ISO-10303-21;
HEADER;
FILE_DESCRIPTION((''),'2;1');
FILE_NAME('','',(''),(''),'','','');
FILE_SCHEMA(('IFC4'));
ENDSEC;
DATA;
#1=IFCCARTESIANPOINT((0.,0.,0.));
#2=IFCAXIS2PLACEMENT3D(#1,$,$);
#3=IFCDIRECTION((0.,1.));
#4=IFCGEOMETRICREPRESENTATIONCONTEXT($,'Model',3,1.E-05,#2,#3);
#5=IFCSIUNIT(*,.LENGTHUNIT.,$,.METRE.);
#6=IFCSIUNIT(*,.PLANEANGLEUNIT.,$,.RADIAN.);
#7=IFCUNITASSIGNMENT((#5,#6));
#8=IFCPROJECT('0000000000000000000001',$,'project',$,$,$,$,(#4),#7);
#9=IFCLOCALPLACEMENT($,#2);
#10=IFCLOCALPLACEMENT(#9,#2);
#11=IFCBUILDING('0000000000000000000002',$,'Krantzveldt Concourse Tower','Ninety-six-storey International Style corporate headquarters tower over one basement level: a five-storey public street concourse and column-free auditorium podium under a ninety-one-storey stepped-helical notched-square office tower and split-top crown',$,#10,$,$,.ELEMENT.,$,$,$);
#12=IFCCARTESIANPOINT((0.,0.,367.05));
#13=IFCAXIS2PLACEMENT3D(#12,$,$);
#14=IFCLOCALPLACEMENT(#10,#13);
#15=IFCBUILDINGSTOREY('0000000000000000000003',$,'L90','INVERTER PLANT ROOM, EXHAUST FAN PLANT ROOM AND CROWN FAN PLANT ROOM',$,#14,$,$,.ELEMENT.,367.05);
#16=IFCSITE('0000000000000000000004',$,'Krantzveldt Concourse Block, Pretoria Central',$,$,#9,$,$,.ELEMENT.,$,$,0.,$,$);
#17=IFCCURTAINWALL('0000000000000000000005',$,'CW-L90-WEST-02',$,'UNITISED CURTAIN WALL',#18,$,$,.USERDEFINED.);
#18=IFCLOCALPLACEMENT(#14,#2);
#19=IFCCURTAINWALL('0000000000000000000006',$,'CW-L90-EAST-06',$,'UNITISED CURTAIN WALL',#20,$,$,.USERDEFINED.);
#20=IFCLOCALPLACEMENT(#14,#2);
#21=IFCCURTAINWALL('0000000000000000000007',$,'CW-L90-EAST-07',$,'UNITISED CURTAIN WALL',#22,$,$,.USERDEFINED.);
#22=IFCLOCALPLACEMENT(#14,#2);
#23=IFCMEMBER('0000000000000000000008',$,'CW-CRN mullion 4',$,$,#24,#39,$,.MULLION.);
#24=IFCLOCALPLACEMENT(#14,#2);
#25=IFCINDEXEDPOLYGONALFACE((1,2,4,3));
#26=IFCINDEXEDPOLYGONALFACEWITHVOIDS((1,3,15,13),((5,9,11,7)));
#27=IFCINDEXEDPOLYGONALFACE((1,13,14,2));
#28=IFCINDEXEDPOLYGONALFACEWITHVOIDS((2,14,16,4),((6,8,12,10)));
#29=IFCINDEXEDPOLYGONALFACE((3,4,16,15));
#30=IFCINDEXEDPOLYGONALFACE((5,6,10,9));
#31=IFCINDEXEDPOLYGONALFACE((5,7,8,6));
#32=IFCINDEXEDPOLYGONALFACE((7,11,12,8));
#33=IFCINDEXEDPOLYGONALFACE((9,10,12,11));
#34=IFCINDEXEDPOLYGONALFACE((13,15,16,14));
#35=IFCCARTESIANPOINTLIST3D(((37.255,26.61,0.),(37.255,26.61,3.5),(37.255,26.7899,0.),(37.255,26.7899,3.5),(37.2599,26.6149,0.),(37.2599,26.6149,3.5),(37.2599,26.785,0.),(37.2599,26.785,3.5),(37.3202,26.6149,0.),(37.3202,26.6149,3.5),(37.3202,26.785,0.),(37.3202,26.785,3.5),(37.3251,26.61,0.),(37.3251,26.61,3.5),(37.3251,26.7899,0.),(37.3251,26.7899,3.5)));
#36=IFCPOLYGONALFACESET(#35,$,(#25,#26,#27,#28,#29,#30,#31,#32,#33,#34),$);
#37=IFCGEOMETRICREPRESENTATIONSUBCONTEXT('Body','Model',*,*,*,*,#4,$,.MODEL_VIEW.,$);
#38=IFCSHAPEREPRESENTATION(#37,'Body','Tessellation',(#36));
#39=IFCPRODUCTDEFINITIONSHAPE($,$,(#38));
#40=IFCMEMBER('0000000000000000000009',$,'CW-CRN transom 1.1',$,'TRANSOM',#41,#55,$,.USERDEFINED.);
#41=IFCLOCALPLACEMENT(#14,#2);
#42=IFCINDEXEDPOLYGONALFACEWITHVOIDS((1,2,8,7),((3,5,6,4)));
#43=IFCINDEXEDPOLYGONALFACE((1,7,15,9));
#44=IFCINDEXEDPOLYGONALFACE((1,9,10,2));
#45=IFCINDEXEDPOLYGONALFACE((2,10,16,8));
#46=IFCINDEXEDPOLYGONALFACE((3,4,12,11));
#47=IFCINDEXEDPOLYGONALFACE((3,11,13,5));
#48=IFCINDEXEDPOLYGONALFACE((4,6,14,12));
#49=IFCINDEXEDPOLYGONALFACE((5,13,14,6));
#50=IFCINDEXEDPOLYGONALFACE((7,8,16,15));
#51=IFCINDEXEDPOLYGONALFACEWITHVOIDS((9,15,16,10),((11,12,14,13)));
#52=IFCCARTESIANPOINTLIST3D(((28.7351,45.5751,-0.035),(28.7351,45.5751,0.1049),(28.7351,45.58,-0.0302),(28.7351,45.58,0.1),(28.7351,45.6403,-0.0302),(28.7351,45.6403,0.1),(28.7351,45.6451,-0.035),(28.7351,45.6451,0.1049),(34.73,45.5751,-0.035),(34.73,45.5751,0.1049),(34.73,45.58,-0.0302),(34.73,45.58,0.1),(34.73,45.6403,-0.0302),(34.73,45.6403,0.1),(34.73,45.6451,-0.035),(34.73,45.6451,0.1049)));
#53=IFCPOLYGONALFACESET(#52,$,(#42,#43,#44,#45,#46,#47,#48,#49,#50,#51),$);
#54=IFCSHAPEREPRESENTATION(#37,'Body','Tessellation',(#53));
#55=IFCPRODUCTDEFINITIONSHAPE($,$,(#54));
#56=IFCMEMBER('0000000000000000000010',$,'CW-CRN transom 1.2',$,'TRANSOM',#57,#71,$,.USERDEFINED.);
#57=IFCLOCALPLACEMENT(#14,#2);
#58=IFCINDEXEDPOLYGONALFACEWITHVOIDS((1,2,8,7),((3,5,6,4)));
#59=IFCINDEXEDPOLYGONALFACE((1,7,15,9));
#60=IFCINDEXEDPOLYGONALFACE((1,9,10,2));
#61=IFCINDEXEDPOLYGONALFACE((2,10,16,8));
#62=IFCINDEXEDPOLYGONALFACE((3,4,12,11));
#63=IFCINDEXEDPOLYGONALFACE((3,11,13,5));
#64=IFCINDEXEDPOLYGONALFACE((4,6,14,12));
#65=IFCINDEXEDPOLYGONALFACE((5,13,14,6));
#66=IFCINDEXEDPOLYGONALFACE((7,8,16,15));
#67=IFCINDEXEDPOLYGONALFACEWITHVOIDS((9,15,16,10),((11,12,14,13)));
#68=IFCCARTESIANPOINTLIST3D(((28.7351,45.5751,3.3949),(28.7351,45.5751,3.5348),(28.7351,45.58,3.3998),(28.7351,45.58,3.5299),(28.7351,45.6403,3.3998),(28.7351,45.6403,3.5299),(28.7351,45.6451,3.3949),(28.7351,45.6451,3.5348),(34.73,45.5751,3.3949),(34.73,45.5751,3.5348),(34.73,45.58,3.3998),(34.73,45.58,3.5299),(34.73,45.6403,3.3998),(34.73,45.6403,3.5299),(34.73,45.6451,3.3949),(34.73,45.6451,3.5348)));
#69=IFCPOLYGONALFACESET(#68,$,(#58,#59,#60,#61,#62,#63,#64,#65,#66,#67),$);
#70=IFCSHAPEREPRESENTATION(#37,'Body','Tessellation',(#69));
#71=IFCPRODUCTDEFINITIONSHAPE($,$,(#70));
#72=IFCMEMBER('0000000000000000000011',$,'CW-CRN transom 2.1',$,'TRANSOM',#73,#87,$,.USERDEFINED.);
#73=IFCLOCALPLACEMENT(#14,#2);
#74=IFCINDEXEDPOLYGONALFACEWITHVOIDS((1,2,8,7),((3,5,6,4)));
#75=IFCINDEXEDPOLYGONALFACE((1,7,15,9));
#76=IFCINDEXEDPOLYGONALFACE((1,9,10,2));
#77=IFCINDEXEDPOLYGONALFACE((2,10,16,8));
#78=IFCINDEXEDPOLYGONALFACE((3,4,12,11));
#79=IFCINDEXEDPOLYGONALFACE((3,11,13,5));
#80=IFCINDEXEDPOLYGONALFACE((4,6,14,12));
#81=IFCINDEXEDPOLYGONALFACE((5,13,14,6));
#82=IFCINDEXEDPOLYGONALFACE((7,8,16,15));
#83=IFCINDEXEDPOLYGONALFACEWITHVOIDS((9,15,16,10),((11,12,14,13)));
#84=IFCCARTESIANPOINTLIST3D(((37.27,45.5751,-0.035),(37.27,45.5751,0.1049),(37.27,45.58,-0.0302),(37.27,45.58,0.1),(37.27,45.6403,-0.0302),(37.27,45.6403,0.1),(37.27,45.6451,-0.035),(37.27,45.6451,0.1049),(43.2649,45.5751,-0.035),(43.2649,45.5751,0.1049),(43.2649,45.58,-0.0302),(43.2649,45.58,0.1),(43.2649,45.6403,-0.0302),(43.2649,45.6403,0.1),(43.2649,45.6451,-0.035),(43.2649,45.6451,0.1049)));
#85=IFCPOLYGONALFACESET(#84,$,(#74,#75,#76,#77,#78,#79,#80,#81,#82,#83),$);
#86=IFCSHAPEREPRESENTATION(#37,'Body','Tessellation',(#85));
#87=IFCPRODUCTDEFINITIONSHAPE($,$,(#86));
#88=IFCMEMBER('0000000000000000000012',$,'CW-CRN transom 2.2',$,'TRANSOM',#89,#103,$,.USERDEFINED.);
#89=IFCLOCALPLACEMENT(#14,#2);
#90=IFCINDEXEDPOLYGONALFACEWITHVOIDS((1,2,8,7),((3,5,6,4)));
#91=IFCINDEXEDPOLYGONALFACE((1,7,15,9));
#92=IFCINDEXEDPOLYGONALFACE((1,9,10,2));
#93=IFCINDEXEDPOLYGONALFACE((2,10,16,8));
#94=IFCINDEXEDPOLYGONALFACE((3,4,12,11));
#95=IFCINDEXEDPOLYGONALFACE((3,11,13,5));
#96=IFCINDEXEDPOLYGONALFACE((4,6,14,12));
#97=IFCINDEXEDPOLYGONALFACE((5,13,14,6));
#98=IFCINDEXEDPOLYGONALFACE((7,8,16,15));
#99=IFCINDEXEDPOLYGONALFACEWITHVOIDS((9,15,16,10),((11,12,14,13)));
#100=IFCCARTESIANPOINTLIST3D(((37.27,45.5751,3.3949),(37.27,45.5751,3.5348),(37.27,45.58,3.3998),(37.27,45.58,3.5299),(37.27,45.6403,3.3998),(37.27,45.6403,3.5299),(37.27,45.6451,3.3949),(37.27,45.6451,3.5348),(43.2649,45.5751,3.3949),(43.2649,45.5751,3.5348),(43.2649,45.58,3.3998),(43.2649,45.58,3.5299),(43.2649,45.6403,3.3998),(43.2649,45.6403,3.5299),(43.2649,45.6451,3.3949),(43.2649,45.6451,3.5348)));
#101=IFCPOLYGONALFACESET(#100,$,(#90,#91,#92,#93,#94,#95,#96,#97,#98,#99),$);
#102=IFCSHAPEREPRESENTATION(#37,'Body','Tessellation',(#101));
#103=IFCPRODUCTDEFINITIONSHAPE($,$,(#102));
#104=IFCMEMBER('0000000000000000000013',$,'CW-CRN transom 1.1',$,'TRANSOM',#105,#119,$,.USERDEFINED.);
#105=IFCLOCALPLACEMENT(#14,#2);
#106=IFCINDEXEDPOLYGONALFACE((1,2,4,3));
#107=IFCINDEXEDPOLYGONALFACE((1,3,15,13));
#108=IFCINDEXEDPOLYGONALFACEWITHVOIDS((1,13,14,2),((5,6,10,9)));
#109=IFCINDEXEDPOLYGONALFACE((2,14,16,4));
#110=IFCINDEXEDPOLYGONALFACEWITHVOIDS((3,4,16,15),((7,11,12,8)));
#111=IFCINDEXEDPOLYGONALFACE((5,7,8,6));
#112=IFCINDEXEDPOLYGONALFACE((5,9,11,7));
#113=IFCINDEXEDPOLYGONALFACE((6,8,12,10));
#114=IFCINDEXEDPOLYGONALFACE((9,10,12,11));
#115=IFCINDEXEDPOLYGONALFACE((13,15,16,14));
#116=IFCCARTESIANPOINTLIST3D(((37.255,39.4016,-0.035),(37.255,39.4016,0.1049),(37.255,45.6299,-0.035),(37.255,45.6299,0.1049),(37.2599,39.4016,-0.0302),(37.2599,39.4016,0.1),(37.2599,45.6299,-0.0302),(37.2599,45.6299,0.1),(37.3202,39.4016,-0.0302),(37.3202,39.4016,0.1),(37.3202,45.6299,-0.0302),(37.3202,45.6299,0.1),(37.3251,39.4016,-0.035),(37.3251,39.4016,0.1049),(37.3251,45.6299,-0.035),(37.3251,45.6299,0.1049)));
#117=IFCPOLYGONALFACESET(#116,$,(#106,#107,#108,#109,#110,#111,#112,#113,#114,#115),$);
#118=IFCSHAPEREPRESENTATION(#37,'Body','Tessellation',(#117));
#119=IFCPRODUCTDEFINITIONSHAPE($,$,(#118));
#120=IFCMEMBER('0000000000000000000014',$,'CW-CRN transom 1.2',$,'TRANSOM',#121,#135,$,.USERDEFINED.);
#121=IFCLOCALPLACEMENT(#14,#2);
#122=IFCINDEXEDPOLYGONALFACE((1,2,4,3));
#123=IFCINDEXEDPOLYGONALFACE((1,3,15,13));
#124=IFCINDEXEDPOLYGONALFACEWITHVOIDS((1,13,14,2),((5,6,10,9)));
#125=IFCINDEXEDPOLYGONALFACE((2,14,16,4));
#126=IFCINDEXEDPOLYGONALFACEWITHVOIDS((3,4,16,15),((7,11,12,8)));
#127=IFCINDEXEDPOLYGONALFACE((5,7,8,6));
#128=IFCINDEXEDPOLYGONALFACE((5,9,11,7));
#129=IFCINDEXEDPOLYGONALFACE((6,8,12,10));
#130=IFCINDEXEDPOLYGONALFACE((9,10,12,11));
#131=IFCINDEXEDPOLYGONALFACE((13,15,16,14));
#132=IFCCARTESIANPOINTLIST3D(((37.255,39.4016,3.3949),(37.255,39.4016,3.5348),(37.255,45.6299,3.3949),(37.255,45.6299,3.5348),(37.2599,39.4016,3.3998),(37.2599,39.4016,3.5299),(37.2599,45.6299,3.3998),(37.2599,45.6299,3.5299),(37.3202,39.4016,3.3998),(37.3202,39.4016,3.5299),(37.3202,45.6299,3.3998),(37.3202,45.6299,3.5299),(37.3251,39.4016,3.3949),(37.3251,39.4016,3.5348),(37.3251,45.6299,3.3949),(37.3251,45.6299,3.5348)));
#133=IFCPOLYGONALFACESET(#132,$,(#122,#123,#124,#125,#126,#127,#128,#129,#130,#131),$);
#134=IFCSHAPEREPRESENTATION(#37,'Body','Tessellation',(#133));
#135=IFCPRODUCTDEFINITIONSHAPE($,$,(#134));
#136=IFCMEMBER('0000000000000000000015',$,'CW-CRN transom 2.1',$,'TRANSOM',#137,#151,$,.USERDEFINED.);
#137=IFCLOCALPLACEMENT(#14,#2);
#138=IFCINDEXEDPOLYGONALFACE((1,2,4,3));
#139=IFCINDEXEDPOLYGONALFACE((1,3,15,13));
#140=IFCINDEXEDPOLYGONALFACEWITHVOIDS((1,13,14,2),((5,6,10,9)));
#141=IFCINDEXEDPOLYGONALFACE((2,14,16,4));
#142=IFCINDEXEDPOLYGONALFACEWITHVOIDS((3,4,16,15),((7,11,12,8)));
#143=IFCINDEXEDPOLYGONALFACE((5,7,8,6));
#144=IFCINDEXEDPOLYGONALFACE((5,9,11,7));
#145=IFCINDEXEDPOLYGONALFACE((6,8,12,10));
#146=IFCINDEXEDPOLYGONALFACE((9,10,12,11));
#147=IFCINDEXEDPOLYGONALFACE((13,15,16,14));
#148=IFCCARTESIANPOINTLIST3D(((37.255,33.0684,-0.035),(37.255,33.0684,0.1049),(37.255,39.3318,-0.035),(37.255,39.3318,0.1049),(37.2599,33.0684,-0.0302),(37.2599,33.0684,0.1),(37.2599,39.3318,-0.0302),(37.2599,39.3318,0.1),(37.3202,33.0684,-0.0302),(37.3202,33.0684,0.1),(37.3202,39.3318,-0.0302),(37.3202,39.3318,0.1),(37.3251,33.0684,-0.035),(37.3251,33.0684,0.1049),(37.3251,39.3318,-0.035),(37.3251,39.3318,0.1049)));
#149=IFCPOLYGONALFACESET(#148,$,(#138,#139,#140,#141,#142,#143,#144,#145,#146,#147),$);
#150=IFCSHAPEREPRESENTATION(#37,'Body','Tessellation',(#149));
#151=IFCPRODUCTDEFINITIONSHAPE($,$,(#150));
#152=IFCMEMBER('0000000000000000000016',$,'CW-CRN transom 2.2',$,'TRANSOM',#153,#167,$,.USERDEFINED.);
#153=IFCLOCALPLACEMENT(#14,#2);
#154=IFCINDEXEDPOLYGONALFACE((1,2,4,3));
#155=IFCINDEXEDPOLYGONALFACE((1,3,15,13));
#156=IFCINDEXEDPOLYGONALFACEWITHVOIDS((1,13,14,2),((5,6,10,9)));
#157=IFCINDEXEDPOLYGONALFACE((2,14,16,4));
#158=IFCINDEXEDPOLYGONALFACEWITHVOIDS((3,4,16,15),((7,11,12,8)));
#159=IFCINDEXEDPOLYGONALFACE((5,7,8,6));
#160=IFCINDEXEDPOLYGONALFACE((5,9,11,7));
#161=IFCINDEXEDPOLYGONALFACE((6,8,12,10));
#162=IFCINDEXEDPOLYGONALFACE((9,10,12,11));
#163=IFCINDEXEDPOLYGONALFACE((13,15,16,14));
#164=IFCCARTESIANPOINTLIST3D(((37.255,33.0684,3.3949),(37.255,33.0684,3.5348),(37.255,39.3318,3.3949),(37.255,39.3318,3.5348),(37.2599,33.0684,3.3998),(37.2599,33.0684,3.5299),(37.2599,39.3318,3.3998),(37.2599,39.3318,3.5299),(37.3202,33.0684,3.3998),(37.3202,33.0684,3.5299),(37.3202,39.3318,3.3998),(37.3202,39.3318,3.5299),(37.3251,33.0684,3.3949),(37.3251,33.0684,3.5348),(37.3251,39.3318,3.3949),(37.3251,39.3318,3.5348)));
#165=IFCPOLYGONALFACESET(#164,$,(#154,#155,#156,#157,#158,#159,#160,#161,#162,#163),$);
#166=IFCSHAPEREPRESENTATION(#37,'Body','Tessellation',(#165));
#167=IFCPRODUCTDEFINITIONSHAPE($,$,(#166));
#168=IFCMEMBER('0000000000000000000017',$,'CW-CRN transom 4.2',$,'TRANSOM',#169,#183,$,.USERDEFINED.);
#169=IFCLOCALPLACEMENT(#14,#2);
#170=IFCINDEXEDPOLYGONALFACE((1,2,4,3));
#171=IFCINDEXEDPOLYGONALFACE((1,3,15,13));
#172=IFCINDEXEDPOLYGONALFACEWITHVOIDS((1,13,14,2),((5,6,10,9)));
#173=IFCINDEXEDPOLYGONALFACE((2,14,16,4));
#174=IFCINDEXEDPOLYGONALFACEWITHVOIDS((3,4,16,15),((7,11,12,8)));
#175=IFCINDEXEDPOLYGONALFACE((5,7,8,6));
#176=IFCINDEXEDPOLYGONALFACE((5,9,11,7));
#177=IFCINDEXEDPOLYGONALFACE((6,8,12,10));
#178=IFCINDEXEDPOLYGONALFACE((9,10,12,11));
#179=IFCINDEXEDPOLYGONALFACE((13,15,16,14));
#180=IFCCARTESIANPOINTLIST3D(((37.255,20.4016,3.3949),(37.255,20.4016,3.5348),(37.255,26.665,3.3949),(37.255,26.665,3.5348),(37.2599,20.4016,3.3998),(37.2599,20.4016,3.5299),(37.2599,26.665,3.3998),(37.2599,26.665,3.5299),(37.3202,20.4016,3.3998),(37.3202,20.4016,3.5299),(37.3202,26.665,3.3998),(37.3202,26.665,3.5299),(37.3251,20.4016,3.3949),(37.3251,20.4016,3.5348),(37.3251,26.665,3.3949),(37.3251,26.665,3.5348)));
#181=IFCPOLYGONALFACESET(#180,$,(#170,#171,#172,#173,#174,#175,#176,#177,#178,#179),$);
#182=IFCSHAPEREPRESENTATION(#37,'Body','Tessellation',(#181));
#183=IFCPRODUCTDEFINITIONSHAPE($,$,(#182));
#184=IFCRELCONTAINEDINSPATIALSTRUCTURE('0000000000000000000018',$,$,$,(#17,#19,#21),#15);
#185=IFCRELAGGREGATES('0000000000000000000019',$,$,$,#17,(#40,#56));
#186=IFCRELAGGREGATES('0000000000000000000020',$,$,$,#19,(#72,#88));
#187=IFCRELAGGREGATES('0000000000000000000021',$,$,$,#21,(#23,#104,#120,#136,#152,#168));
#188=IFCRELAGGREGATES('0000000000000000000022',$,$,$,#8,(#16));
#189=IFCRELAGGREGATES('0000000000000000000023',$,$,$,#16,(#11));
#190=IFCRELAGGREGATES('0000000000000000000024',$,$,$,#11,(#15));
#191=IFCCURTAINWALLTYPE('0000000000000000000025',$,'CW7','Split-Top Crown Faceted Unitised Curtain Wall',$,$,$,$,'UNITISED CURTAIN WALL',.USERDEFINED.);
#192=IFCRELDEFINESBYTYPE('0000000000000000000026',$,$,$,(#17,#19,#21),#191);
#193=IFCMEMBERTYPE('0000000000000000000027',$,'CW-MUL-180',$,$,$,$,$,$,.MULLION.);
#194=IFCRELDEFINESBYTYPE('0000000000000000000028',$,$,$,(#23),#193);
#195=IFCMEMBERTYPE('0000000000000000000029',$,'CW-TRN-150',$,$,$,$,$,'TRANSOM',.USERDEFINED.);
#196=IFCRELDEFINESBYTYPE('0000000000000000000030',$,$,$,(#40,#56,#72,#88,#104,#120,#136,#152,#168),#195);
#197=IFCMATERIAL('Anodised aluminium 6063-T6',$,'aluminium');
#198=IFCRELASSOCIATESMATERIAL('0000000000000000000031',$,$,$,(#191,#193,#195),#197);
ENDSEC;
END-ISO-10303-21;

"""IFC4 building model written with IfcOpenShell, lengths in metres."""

from ifc_helpers import new_model, si_unit, direction, frame, origin, origin_2d, place, context, subcontext, project, spatial, hollow_rectangle, extrude, source, transform, mapped, material, material_profile, profile_set, type_object, type_shapes, element, aggregate, save


model = new_model("IFC4")

# Units and contexts
model_context = context("Model", 3, precision=1e-05, world=origin(), true_north=direction((0.0, 1.0)))
body_context = subcontext(model_context, "Body", "Model", "MODEL_VIEW")
ifc_project = project(units=[si_unit("LENGTHUNIT", "METRE"), si_unit("PLANEANGLEUNIT", "RADIAN")], contexts=[model_context])

# Site, building, storey
site_placement = place(None, origin())
site = spatial("IfcSite", under=ifc_project, at=site_placement, Name="Krantzveldt Concourse Block, Pretoria Central", CompositionType="ELEMENT", RefElevation=0.0)
building_placement = place(site_placement, origin())
building = spatial("IfcBuilding", under=site, at=building_placement, Name="Krantzveldt Concourse Tower", Description="Ninety-six-storey International Style corporate headquarters tower over one basement level: a five-storey public street concourse and column-free auditorium podium under a ninety-one-storey stepped-helical notched-square office tower and split-top crown", CompositionType="ELEMENT")
storey_placement = place(building_placement, frame((0.0, 0.0, 367.05)))
storey = spatial("IfcBuildingStorey", under=building, at=storey_placement, Name="L90", Description="INVERTER PLANT ROOM, EXHAUST FAN PLANT ROOM AND CROWN FAN PLANT ROOM", CompositionType="ELEMENT", Elevation=367.05)

# Curtain wall
ifc_material_1 = material(Name="Anodised aluminium 6063-T6", Category="aluminium")
curtain_wall_type = type_object("IfcCurtainWallType", Name="CW7", Description="Split-Top Crown Faceted Unitised Curtain Wall", ElementType="UNITISED CURTAIN WALL", PredefinedType="USERDEFINED", material=ifc_material_1)
curtain_wall_1_placement = place(storey_placement, origin())
curtain_wall_1 = element("IfcCurtainWall", 1, at=curtain_wall_1_placement, inside=storey, type_object=curtain_wall_type, Name="CW-L90-WEST-02", ObjectType="UNITISED CURTAIN WALL", PredefinedType="USERDEFINED")
ifc_material_profile_1 = material_profile(ifc_material_1, hollow_rectangle(XDim=0.0701, YDim=0.1799, WallThickness=0.0049, at=origin_2d()), Name="Anodised aluminium 6063-T6", Category="aluminium")
ifc_profile_set_1 = profile_set([ifc_material_profile_1], Name="Anodised aluminium 6063-T6 - ALU-MULL 180x70x5")
member_type_1 = type_object("IfcMemberType", Name="CW-MUL-180", PredefinedType="MULLION", material=ifc_profile_set_1)
shared_shape_1 = source(origin(), body_context, "Body", "SweptSolid", [
    extrude(hollow_rectangle(XDim=0.0701, YDim=0.1799, WallThickness=0.0049, at=origin_2d()), origin(), (0.0, 0.0, 1.0), 3.5),
])
type_shapes(member_type_1, [shared_shape_1])

# Curtain walls, member
curtain_wall_2_placement = place(storey_placement, origin())
curtain_wall_2 = element("IfcCurtainWall", 2, at=curtain_wall_2_placement, inside=storey, type_object=curtain_wall_type, Name="CW-L90-EAST-06", ObjectType="UNITISED CURTAIN WALL", PredefinedType="USERDEFINED")
curtain_wall_3_placement = place(storey_placement, origin())
curtain_wall_3 = element("IfcCurtainWall", 3, at=curtain_wall_3_placement, inside=storey, type_object=curtain_wall_type, Name="CW-L90-EAST-07", ObjectType="UNITISED CURTAIN WALL", PredefinedType="USERDEFINED")
member_1_placement = place(storey_placement, frame((37.29, 26.7, 0.0), z_axis=(0.0, 0.0, 1.0), x_axis=(1.0, 0.0, 0.0)))
member_1 = element("IfcMember", 4, at=member_1_placement, type_object=member_type_1, Name="CW-CRN mullion 4", PredefinedType="MULLION", context=body_context, shape_type="MappedRepresentation", body=[
    mapped(shared_shape_1, transform((0.0, 0.0, 0.0), x_axis=(1.0, 0.0, 0.0), y_axis=(0.0, 1.0, 0.0), z_axis=(0.0, 0.0, 1.0), scale=1.0)),
])

# Members
ifc_material_profile_2 = material_profile(ifc_material_1, hollow_rectangle(XDim=0.0701, YDim=0.1399, WallThickness=0.0049, at=origin_2d()), Name="Anodised aluminium 6063-T6", Category="aluminium")
ifc_profile_set_2 = profile_set([ifc_material_profile_2], Name="Anodised aluminium 6063-T6 - ALU-TRAN 140x70x5")
member_type_2 = type_object("IfcMemberType", Name="CW-TRN-150", ElementType="TRANSOM", PredefinedType="USERDEFINED", material=ifc_profile_set_2)
shared_shape_2 = source(origin(), body_context, "Body", "SweptSolid", [
    extrude(hollow_rectangle(XDim=0.0701, YDim=0.1399, WallThickness=0.0049, at=origin_2d()), origin(), (0.0, 0.0, 1.0), 5.9949),
])
member_2_placement = place(storey_placement, frame((34.73, 45.6101, 0.0349), z_axis=(-1.0, 0.0, 0.0), x_axis=(0.0, -1.0, 0.0)))
member_2 = element("IfcMember", 5, at=member_2_placement, type_object=member_type_2, Name="CW-CRN transom 1.1", ObjectType="TRANSOM", PredefinedType="USERDEFINED", context=body_context, shape_type="MappedRepresentation", body=[
    mapped(shared_shape_2, transform((0.0, 0.0, 0.0), x_axis=(1.0, 0.0, 0.0), y_axis=(0.0, 1.0, 0.0), z_axis=(0.0, 0.0, 1.0), scale=1.0)),
])
member_3_placement = place(storey_placement, frame((34.73, 45.6101, 3.4648), z_axis=(-1.0, 0.0, 0.0), x_axis=(0.0, -1.0, 0.0)))
member_3 = element("IfcMember", 6, at=member_3_placement, type_object=member_type_2, Name="CW-CRN transom 1.2", ObjectType="TRANSOM", PredefinedType="USERDEFINED", context=body_context, shape_type="MappedRepresentation", body=[
    mapped(shared_shape_2, transform((0.0, 0.0, 0.0), x_axis=(1.0, 0.0, 0.0), y_axis=(0.0, 1.0, 0.0), z_axis=(0.0, 0.0, 1.0), scale=1.0)),
])
aggregate(curtain_wall_1, [member_2, member_3])
member_4_placement = place(storey_placement, frame((43.2649, 45.6101, 0.0349), z_axis=(-1.0, 0.0, 0.0), x_axis=(0.0, -1.0, 0.0)))
member_4 = element("IfcMember", 7, at=member_4_placement, type_object=member_type_2, Name="CW-CRN transom 2.1", ObjectType="TRANSOM", PredefinedType="USERDEFINED", context=body_context, shape_type="MappedRepresentation", body=[
    mapped(shared_shape_2, transform((0.0, 0.0, 0.0), x_axis=(1.0, 0.0, 0.0), y_axis=(0.0, 1.0, 0.0), z_axis=(0.0, 0.0, 1.0), scale=1.0)),
])
member_5_placement = place(storey_placement, frame((43.2649, 45.6101, 3.4648), z_axis=(-1.0, 0.0, 0.0), x_axis=(0.0, -1.0, 0.0)))
member_5 = element("IfcMember", 8, at=member_5_placement, type_object=member_type_2, Name="CW-CRN transom 2.2", ObjectType="TRANSOM", PredefinedType="USERDEFINED", context=body_context, shape_type="MappedRepresentation", body=[
    mapped(shared_shape_2, transform((0.0, 0.0, 0.0), x_axis=(1.0, 0.0, 0.0), y_axis=(0.0, 1.0, 0.0), z_axis=(0.0, 0.0, 1.0), scale=1.0)),
])
shared_shape_3 = source(origin(), body_context, "Body", "SweptSolid", [
    extrude(hollow_rectangle(XDim=0.0701, YDim=0.1399, WallThickness=0.0049, at=origin_2d()), origin(), (0.0, 0.0, 1.0), 6.2283),
])
member_6_placement = place(storey_placement, frame((37.29, 45.6299, 0.0349), z_axis=(0.0, -1.0, 0.0), x_axis=(1.0, 0.0, 0.0)))
member_6 = element("IfcMember", 9, at=member_6_placement, type_object=member_type_2, Name="CW-CRN transom 1.1", ObjectType="TRANSOM", PredefinedType="USERDEFINED", context=body_context, shape_type="MappedRepresentation", body=[
    mapped(shared_shape_3, transform((0.0, 0.0, 0.0), x_axis=(1.0, 0.0, 0.0), y_axis=(0.0, 1.0, 0.0), z_axis=(0.0, 0.0, 1.0), scale=1.0)),
])
member_7_placement = place(storey_placement, frame((37.29, 45.6299, 3.4648), z_axis=(0.0, -1.0, 0.0), x_axis=(1.0, 0.0, 0.0)))
member_7 = element("IfcMember", 10, at=member_7_placement, type_object=member_type_2, Name="CW-CRN transom 1.2", ObjectType="TRANSOM", PredefinedType="USERDEFINED", context=body_context, shape_type="MappedRepresentation", body=[
    mapped(shared_shape_3, transform((0.0, 0.0, 0.0), x_axis=(1.0, 0.0, 0.0), y_axis=(0.0, 1.0, 0.0), z_axis=(0.0, 0.0, 1.0), scale=1.0)),
])
shared_shape_4 = source(origin(), body_context, "Body", "SweptSolid", [
    extrude(hollow_rectangle(XDim=0.0701, YDim=0.1399, WallThickness=0.0049, at=origin_2d()), origin(), (0.0, 0.0, 1.0), 6.2634),
])
member_8_placement = place(storey_placement, frame((37.29, 39.3318, 0.0349), z_axis=(0.0, -1.0, 0.0), x_axis=(1.0, 0.0, 0.0)))
member_8 = element("IfcMember", 11, at=member_8_placement, type_object=member_type_2, Name="CW-CRN transom 2.1", ObjectType="TRANSOM", PredefinedType="USERDEFINED", context=body_context, shape_type="MappedRepresentation", body=[
    mapped(shared_shape_4, transform((0.0, 0.0, 0.0), x_axis=(1.0, 0.0, 0.0), y_axis=(0.0, 1.0, 0.0), z_axis=(0.0, 0.0, 1.0), scale=1.0)),
])
member_9_placement = place(storey_placement, frame((37.29, 39.3318, 3.4648), z_axis=(0.0, -1.0, 0.0), x_axis=(1.0, 0.0, 0.0)))
member_9 = element("IfcMember", 12, at=member_9_placement, type_object=member_type_2, Name="CW-CRN transom 2.2", ObjectType="TRANSOM", PredefinedType="USERDEFINED", context=body_context, shape_type="MappedRepresentation", body=[
    mapped(shared_shape_4, transform((0.0, 0.0, 0.0), x_axis=(1.0, 0.0, 0.0), y_axis=(0.0, 1.0, 0.0), z_axis=(0.0, 0.0, 1.0), scale=1.0)),
])
member_10_placement = place(storey_placement, frame((37.29, 26.665, 3.4648), z_axis=(0.0, -1.0, 0.0), x_axis=(1.0, 0.0, 0.0)))
member_10 = element("IfcMember", 13, at=member_10_placement, type_object=member_type_2, Name="CW-CRN transom 4.2", ObjectType="TRANSOM", PredefinedType="USERDEFINED", context=body_context, shape_type="MappedRepresentation", body=[
    mapped(shared_shape_4, transform((0.0, 0.0, 0.0), x_axis=(1.0, 0.0, 0.0), y_axis=(0.0, 1.0, 0.0), z_axis=(0.0, 0.0, 1.0), scale=1.0)),
])

aggregate(curtain_wall_2, [member_4, member_5])
aggregate(curtain_wall_3, [member_1, member_6, member_7, member_8, member_9, member_10])

save(model, "model.ifc")
